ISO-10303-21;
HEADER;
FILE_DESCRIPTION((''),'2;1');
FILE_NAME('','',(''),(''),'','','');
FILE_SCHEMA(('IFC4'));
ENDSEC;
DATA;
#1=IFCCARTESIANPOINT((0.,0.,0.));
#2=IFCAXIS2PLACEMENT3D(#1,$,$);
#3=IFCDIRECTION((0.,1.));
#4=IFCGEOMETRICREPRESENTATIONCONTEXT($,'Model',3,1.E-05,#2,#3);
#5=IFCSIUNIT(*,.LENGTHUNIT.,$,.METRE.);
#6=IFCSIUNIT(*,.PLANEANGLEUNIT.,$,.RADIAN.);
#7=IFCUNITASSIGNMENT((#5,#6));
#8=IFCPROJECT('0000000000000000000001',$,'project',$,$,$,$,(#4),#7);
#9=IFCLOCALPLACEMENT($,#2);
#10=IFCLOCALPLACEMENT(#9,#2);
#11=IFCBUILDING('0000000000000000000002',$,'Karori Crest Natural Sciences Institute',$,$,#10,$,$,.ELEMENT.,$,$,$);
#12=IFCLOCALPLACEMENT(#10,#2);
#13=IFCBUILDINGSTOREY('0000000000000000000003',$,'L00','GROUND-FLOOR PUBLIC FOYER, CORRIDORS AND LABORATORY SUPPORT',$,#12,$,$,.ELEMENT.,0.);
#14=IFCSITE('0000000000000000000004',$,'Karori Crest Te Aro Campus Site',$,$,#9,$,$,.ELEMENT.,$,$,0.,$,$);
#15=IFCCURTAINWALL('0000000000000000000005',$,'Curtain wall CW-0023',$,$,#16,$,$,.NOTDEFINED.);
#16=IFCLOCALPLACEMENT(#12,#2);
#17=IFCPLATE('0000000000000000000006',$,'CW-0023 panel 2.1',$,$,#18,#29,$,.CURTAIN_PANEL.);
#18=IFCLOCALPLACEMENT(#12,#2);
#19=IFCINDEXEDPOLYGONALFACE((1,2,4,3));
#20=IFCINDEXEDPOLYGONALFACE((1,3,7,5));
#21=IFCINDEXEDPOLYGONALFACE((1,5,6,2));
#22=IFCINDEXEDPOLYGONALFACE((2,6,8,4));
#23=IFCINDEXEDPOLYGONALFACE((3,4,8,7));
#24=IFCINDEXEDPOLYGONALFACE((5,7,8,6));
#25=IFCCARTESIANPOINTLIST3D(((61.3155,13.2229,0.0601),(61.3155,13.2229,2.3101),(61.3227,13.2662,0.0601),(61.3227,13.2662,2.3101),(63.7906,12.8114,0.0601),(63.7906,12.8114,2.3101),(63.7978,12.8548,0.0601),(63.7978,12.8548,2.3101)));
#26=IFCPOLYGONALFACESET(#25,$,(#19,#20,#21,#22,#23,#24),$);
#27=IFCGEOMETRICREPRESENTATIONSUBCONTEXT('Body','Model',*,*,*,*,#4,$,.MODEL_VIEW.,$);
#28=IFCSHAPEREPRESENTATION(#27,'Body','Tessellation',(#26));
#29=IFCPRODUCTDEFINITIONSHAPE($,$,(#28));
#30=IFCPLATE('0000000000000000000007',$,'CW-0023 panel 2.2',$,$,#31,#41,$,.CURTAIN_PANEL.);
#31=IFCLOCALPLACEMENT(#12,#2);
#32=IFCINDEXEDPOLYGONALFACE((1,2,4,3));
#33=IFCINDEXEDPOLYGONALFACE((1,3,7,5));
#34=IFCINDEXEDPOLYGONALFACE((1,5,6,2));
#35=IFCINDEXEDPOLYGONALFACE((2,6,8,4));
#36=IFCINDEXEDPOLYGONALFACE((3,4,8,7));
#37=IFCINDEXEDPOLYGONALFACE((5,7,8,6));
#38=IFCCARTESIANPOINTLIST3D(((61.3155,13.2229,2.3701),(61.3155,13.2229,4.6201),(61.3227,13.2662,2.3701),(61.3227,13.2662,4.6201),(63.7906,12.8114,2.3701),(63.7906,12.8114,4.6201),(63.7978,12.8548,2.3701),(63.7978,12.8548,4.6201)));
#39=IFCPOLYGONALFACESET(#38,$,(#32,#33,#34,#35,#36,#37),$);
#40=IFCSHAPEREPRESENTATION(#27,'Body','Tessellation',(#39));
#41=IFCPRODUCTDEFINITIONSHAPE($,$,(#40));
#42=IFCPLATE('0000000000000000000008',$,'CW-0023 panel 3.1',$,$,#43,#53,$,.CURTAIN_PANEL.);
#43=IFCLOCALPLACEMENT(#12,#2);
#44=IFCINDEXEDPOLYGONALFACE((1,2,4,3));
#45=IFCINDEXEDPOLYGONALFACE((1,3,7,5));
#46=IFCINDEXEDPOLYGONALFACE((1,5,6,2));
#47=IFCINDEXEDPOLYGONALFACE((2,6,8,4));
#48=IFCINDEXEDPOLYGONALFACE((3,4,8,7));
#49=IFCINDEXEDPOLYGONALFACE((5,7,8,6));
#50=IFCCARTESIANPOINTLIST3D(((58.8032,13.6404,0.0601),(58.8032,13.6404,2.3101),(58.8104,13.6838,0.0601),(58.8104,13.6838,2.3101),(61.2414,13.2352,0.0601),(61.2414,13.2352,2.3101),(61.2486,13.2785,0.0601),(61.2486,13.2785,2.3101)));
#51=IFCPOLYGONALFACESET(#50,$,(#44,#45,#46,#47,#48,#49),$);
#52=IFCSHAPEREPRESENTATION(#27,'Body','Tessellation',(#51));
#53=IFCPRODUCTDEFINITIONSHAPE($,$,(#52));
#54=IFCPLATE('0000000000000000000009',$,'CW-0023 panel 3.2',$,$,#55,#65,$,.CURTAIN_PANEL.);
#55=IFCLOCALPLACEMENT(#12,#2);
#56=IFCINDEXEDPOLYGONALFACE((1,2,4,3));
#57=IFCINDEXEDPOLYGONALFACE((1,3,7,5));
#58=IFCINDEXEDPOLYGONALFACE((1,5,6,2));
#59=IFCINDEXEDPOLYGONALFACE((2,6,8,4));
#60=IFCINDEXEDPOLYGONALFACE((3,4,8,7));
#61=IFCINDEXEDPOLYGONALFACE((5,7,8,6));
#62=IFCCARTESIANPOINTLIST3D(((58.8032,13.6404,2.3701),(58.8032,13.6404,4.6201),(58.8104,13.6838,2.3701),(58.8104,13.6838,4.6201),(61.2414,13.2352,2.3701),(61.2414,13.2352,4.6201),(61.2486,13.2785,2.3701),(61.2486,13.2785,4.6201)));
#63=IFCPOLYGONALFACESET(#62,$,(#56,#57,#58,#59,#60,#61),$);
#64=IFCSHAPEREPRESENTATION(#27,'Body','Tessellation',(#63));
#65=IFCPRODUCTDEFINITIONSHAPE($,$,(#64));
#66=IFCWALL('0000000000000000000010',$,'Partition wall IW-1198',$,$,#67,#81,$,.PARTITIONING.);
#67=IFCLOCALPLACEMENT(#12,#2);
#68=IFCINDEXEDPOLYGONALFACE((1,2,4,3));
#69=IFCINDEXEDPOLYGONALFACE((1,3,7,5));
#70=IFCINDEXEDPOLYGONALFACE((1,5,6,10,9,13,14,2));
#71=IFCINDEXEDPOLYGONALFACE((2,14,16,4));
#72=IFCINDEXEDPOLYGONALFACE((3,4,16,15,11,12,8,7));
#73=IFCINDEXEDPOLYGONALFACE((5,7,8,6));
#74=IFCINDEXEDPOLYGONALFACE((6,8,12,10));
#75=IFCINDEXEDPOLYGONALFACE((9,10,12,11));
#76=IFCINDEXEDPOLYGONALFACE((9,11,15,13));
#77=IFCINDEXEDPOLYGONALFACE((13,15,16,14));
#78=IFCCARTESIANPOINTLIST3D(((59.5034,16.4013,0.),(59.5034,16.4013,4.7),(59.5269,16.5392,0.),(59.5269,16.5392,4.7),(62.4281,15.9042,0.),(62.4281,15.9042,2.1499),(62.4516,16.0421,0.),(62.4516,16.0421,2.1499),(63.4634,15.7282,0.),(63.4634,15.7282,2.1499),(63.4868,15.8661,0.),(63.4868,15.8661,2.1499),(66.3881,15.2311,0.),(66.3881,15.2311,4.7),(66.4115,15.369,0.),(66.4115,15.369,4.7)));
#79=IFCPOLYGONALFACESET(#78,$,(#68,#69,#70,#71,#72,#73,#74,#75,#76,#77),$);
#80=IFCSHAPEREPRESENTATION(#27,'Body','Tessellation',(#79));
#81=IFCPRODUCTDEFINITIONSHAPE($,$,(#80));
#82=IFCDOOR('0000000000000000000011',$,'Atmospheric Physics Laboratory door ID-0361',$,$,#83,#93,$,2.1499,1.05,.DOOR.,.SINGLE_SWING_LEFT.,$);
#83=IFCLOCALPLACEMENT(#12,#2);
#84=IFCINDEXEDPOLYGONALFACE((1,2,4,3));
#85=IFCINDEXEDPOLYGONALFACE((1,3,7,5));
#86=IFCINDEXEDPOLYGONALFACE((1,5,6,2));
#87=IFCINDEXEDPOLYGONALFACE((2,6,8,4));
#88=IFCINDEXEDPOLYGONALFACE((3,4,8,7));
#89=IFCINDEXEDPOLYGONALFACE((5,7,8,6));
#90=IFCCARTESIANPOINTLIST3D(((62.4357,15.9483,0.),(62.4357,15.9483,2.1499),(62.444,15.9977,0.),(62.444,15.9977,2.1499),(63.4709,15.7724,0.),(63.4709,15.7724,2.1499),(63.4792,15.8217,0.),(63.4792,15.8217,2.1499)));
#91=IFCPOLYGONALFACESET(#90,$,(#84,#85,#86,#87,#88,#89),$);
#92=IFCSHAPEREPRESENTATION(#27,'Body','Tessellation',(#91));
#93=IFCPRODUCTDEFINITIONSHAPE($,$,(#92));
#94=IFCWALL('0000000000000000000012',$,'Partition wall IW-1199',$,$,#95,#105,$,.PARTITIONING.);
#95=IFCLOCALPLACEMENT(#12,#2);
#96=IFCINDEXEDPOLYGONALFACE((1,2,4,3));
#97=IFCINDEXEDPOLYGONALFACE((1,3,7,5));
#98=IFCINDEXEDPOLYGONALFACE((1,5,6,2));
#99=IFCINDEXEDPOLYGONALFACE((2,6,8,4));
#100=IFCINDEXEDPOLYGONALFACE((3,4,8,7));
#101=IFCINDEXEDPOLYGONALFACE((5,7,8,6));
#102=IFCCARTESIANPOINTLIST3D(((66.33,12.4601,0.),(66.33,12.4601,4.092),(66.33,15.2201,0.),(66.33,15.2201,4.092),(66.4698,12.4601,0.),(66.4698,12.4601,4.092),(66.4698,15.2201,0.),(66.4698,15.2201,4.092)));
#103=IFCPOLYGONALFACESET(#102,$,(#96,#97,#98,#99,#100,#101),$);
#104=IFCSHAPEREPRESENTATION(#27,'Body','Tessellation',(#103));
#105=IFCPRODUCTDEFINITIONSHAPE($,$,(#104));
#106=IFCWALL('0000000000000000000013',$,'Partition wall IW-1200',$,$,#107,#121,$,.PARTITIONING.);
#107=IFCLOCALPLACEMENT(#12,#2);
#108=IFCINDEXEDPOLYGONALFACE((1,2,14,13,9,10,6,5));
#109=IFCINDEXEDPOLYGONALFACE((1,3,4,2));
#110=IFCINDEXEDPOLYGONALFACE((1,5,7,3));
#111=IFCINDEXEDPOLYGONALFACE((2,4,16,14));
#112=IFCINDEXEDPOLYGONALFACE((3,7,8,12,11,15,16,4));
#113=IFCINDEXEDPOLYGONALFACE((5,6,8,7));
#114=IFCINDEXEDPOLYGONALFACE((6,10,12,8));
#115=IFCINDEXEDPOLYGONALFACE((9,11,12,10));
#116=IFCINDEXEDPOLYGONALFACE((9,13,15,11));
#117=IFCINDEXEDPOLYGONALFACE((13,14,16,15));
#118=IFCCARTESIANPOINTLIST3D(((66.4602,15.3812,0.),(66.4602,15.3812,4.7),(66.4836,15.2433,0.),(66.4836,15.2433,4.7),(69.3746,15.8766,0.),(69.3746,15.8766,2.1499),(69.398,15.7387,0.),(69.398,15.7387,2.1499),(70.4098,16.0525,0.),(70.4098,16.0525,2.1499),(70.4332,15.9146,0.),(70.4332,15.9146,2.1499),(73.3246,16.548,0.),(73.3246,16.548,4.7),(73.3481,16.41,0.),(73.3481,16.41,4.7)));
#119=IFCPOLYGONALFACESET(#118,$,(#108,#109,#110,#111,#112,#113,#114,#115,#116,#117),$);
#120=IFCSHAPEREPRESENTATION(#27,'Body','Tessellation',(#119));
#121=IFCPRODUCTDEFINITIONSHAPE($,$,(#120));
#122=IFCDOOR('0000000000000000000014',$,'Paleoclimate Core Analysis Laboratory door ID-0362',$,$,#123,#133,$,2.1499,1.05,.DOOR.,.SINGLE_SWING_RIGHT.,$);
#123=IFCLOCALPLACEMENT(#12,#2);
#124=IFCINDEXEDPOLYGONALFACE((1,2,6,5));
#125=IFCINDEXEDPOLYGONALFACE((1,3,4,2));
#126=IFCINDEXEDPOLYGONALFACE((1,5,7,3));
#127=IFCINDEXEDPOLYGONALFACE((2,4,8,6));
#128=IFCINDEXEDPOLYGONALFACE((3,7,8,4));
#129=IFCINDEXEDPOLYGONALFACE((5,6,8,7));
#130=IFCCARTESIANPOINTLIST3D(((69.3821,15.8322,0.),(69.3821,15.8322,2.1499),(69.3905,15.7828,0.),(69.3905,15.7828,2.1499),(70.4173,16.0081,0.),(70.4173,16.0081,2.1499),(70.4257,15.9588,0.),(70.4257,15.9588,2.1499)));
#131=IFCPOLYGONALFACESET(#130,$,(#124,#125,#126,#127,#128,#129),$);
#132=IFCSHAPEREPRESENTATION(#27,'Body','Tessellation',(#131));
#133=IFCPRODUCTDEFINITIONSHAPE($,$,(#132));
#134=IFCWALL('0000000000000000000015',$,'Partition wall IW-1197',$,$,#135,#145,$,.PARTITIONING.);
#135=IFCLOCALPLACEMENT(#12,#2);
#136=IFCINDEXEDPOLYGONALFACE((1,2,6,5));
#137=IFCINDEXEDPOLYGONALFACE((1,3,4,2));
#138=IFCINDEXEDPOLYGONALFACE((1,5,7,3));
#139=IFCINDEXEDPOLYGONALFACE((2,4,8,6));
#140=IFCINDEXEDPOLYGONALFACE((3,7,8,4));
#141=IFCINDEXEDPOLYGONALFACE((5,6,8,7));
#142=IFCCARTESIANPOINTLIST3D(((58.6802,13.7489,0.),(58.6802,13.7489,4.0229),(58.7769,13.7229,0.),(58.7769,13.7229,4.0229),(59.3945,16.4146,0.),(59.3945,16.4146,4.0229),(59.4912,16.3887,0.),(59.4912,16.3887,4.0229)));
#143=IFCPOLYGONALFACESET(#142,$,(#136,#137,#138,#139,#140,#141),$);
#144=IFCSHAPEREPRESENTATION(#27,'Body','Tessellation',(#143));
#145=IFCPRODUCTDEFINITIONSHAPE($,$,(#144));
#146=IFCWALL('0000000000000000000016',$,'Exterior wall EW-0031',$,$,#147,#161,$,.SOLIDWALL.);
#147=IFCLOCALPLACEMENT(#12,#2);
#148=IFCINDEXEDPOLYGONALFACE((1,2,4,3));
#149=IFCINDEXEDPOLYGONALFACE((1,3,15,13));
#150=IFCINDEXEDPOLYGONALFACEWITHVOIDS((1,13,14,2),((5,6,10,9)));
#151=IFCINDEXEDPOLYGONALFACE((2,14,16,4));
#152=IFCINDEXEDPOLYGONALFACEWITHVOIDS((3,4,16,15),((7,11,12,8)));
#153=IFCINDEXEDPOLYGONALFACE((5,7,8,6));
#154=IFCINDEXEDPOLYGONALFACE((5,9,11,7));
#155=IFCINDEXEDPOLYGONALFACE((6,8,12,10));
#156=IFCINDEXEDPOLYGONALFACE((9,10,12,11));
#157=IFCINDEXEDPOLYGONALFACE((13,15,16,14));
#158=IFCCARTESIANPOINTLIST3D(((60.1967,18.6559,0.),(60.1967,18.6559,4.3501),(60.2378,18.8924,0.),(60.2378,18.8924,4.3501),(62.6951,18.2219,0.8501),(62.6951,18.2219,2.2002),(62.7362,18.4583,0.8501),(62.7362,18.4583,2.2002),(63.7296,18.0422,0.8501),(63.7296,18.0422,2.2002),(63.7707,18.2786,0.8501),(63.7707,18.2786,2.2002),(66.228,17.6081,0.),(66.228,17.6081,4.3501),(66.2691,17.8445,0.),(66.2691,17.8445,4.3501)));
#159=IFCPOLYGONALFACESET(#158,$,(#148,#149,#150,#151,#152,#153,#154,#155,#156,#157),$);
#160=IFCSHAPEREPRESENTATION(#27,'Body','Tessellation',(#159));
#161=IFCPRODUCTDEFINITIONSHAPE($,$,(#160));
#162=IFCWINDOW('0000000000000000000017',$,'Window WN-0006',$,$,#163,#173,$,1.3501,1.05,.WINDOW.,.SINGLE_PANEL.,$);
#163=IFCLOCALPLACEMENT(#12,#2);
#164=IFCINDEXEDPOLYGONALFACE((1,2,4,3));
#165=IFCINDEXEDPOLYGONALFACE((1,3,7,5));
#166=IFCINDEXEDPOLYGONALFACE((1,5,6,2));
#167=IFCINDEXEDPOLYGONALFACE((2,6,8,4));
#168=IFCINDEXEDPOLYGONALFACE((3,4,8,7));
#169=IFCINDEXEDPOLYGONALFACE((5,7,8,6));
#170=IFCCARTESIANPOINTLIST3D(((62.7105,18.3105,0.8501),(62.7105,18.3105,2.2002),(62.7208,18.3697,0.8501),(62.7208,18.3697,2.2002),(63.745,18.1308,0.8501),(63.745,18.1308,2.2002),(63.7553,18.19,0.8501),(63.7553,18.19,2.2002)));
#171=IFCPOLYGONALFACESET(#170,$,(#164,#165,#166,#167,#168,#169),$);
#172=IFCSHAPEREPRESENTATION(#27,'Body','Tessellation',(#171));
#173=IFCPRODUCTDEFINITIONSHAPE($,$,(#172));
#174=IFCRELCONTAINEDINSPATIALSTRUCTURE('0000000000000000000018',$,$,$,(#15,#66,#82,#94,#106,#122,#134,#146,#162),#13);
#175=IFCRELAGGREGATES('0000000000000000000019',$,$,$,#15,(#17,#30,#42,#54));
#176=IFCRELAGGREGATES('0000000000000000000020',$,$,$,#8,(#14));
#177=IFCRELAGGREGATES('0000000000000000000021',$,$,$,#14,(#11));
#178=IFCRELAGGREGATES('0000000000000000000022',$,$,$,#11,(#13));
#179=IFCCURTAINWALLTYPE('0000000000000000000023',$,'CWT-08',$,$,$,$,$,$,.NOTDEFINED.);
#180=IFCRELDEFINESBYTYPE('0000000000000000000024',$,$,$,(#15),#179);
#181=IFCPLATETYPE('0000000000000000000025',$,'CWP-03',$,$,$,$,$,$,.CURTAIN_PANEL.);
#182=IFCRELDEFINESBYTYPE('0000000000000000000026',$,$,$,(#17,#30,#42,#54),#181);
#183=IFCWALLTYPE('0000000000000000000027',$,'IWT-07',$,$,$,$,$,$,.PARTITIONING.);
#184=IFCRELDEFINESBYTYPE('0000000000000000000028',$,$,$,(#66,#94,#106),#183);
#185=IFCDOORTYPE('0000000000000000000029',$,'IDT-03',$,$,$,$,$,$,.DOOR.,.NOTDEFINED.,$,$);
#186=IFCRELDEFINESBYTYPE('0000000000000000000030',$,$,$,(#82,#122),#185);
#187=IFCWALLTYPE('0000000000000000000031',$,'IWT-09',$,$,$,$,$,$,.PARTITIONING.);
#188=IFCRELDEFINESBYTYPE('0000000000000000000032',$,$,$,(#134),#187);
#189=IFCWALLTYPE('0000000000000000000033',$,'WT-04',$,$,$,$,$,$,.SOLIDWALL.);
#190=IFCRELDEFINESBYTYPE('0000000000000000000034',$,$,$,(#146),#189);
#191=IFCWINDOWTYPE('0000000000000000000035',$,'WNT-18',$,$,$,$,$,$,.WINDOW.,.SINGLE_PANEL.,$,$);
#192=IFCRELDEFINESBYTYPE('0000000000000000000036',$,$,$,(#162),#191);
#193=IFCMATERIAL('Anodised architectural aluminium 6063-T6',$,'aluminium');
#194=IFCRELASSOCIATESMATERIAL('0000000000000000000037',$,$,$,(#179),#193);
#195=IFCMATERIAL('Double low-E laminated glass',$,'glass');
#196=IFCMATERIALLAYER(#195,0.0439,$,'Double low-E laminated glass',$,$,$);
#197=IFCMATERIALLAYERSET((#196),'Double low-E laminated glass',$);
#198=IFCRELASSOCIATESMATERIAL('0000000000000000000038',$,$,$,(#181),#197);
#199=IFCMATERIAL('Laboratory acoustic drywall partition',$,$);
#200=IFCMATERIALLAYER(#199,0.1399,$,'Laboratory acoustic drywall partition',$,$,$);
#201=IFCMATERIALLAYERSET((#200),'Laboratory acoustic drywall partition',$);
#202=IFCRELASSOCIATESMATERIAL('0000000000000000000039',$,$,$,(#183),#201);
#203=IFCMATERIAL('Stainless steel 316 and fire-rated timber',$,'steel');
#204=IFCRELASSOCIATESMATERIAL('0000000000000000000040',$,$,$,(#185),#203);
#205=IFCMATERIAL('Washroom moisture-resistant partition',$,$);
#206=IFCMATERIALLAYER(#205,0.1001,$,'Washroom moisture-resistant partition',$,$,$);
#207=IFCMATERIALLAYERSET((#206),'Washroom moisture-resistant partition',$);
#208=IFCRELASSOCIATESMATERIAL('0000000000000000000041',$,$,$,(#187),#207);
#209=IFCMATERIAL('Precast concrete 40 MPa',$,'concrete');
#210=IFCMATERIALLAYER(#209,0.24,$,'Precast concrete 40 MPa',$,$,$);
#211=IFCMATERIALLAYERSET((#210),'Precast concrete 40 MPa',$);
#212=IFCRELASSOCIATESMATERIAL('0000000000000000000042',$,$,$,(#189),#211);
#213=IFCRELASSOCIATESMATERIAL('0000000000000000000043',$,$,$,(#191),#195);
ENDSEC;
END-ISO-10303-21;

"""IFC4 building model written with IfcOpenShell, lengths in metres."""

from ifc_helpers import new_model, si_unit, direction, frame, frame_2d, origin, origin_2d, place, context, subcontext, project, spatial, rectangle, extrude, material, layer, layer_set, type_object, element, fill, aggregate, save


model = new_model("IFC4")

# Units and contexts
model_context = context("Model", 3, precision=1e-05, world=origin(), true_north=direction((0.0, 1.0)))
body_context = subcontext(model_context, "Body", "Model", "MODEL_VIEW")
ifc_project = project(units=[si_unit("LENGTHUNIT", "METRE"), si_unit("PLANEANGLEUNIT", "RADIAN")], contexts=[model_context])

# Site, building, storey
site_placement = place(None, origin())
site = spatial("IfcSite", under=ifc_project, at=site_placement, Name="Karori Crest Te Aro Campus Site", CompositionType="ELEMENT", RefElevation=0.0)
building_placement = place(site_placement, origin())
building = spatial("IfcBuilding", under=site, at=building_placement, Name="Karori Crest Natural Sciences Institute", CompositionType="ELEMENT")
storey_placement = place(building_placement, origin())
storey = spatial("IfcBuildingStorey", under=building, at=storey_placement, Name="L00", Description="GROUND-FLOOR PUBLIC FOYER, CORRIDORS AND LABORATORY SUPPORT", CompositionType="ELEMENT", Elevation=0.0)

# Curtain wall, plates
ifc_material_1 = material(Name="Anodised architectural aluminium 6063-T6", Category="aluminium")
curtain_wall_type = type_object("IfcCurtainWallType", Name="CWT-08", PredefinedType="NOTDEFINED", material=ifc_material_1)
curtain_wall_placement = place(storey_placement, origin())
curtain_wall = element("IfcCurtainWall", 1, at=curtain_wall_placement, inside=storey, type_object=curtain_wall_type, Name="Curtain wall CW-0023", PredefinedType="NOTDEFINED")
ifc_material_2 = material(Name="Double low-E laminated glass", Category="glass")
ifc_layer_1 = layer(ifc_material_2, 0.0439, Name="Double low-E laminated glass")
ifc_layer_set_1 = layer_set([ifc_layer_1], Name="Double low-E laminated glass")
plate_type = type_object("IfcPlateType", Name="CWP-03", PredefinedType="CURTAIN_PANEL", material=ifc_layer_set_1)
plate_1_placement = place(storey_placement, frame((62.5566, 13.0388, 0.0601), z_axis=(0.0, 0.0, 1.0), x_axis=(-0.986465, 0.163974, 0.0)))
plate_1 = element("IfcPlate", 2, at=plate_1_placement, type_object=plate_type, Name="CW-0023 panel 2.1", PredefinedType="CURTAIN_PANEL", context=body_context, shape_type="SweptSolid", body=[
    extrude(rectangle(XDim=2.509, YDim=0.0439, at=origin_2d()), origin(), (0.0, 0.0, 1.0), 2.25),
])
plate_2_placement = place(storey_placement, frame((62.5566, 13.0388, 2.3701), z_axis=(0.0, 0.0, 1.0), x_axis=(-0.986465, 0.163974, 0.0)))
plate_2 = element("IfcPlate", 3, at=plate_2_placement, type_object=plate_type, Name="CW-0023 panel 2.2", PredefinedType="CURTAIN_PANEL", context=body_context, shape_type="SweptSolid", body=[
    extrude(rectangle(XDim=2.509, YDim=0.0439, at=origin_2d()), origin(), (0.0, 0.0, 1.0), 2.25),
])
plate_3_placement = place(storey_placement, frame((60.0259, 13.4595, 0.0601), z_axis=(0.0, 0.0, 1.0), x_axis=(-0.986465, 0.163974, 0.0)))
plate_3 = element("IfcPlate", 4, at=plate_3_placement, type_object=plate_type, Name="CW-0023 panel 3.1", PredefinedType="CURTAIN_PANEL", context=body_context, shape_type="SweptSolid", body=[
    extrude(rectangle(XDim=2.4717, YDim=0.0439, at=origin_2d()), origin(), (0.0, 0.0, 1.0), 2.25),
])
plate_4_placement = place(storey_placement, frame((60.0259, 13.4595, 2.3701), z_axis=(0.0, 0.0, 1.0), x_axis=(-0.986465, 0.163974, 0.0)))
plate_4 = element("IfcPlate", 5, at=plate_4_placement, type_object=plate_type, Name="CW-0023 panel 3.2", PredefinedType="CURTAIN_PANEL", context=body_context, shape_type="SweptSolid", body=[
    extrude(rectangle(XDim=2.4717, YDim=0.0439, at=origin_2d()), origin(), (0.0, 0.0, 1.0), 2.25),
])
aggregate(curtain_wall, [plate_1, plate_2, plate_3, plate_4])

# Wall, opening, door
ifc_material_3 = material(Name="Laboratory acoustic drywall partition")
ifc_layer_2 = layer(ifc_material_3, 0.1399, Name="Laboratory acoustic drywall partition")
ifc_layer_set_2 = layer_set([ifc_layer_2], Name="Laboratory acoustic drywall partition")
wall_type_1 = type_object("IfcWallType", Name="IWT-07", PredefinedType="PARTITIONING", material=ifc_layer_set_2)
wall_1_placement = place(storey_placement, frame((59.5151, 16.4702, 0.0), z_axis=(0.0, 0.0, 1.0), x_axis=(0.985862, -0.167562, 0.0)))
wall_1 = element("IfcWall", 6, at=wall_1_placement, inside=storey, type_object=wall_type_1, Name="Partition wall IW-1198", PredefinedType="PARTITIONING", context=body_context, shape_type="SweptSolid", body=[
    extrude(rectangle(XDim=6.9834, YDim=0.1399, at=frame_2d((3.4917, 0.0))), origin(), (0.0, 0.0, 1.0), 4.7),
])
opening_1_placement = place(wall_1_placement, frame((2.9668, 0.0, 0.0)))
opening_1 = element("IfcOpeningElement", 7, at=opening_1_placement, cuts=wall_1, PredefinedType="OPENING", context=body_context, shape_type="SweptSolid", body=[
    extrude(rectangle(XDim=1.05, YDim=2.1499, at=frame_2d((0.5249, 1.075))), frame((0.0, 0.0801, 0.0), z_axis=(0.0, -1.0, 0.0), x_axis=(1.0, 0.0, 0.0)), (0.0, 0.0, 1.0), 0.1599),
])
ifc_material_4 = material(Name="Stainless steel 316 and fire-rated timber", Category="steel")
door_type_1 = type_object("IfcDoorType", Name="IDT-03", OperationType="NOTDEFINED", PredefinedType="DOOR", material=ifc_material_4)
door_1_placement = place(opening_1_placement, origin())
door_1 = element("IfcDoor", 8, at=door_1_placement, inside=storey, type_object=door_type_1, Name="Atmospheric Physics Laboratory door ID-0361", OperationType="SINGLE_SWING_LEFT", OverallHeight=2.1499, OverallWidth=1.05, PredefinedType="DOOR", context=body_context, shape_type="SweptSolid", body=[
    extrude(rectangle(XDim=1.05, YDim=2.1499, at=frame_2d((0.5249, 1.075))), frame((0.0, 0.0249, 0.0), z_axis=(0.0, -1.0, 0.0), x_axis=(1.0, 0.0, 0.0)), (0.0, 0.0, 1.0), 0.05),
])
fill(opening_1, door_1)

# Wall
wall_2_placement = place(storey_placement, frame((66.3999, 15.22, 0.0), z_axis=(0.0, 0.0, 1.0), x_axis=(0.0, -1.0, 0.0)))
element("IfcWall", 9, at=wall_2_placement, inside=storey, type_object=wall_type_1, Name="Partition wall IW-1199", PredefinedType="PARTITIONING", context=body_context, shape_type="SweptSolid", body=[
    extrude(rectangle(XDim=2.76, YDim=0.1399, at=frame_2d((1.3799, 0.0))), origin(), (0.0, 0.0, 1.0), 4.092),
])

# Wall, opening, door
wall_3_placement = place(storey_placement, frame((66.4719, 15.3123, 0.0), z_axis=(0.0, 0.0, 1.0), x_axis=(0.985861, 0.167565, 0.0)))
wall_3 = element("IfcWall", 10, at=wall_3_placement, inside=storey, type_object=wall_type_1, Name="Partition wall IW-1200", PredefinedType="PARTITIONING", context=body_context, shape_type="SweptSolid", body=[
    extrude(rectangle(XDim=6.9629, YDim=0.1399, at=frame_2d((3.4814, 0.0))), origin(), (0.0, 0.0, 1.0), 4.7),
])
opening_2_placement = place(wall_3_placement, frame((2.9563, 0.0, 0.0)))
opening_2 = element("IfcOpeningElement", 11, at=opening_2_placement, cuts=wall_3, PredefinedType="OPENING", context=body_context, shape_type="SweptSolid", body=[
    extrude(rectangle(XDim=1.05, YDim=2.1499, at=frame_2d((0.5249, 1.075))), frame((0.0, 0.0801, 0.0), z_axis=(0.0, -1.0, 0.0), x_axis=(1.0, 0.0, 0.0)), (0.0, 0.0, 1.0), 0.1599),
])
door_2_placement = place(opening_2_placement, origin())
door_2 = element("IfcDoor", 12, at=door_2_placement, inside=storey, type_object=door_type_1, Name="Paleoclimate Core Analysis Laboratory door ID-0362", OperationType="SINGLE_SWING_RIGHT", OverallHeight=2.1499, OverallWidth=1.05, PredefinedType="DOOR", context=body_context, shape_type="SweptSolid", body=[
    extrude(rectangle(XDim=1.05, YDim=2.1499, at=frame_2d((0.5249, 1.075))), frame((0.0, 0.0249, 0.0), z_axis=(0.0, -1.0, 0.0), x_axis=(1.0, 0.0, 0.0)), (0.0, 0.0, 1.0), 0.05),
])
fill(opening_2, door_2)

# Wall
ifc_material_5 = material(Name="Washroom moisture-resistant partition")
ifc_layer_3 = layer(ifc_material_5, 0.1001, Name="Washroom moisture-resistant partition")
ifc_layer_set_3 = layer_set([ifc_layer_3], Name="Washroom moisture-resistant partition")
wall_type_2 = type_object("IfcWallType", Name="IWT-09", PredefinedType="PARTITIONING", material=ifc_layer_set_3)
wall_4_placement = place(storey_placement, frame((59.4429, 16.4016, 0.0), z_axis=(0.0, 0.0, 1.0), x_axis=(-0.258841, -0.96592, 0.0)))
element("IfcWall", 13, at=wall_4_placement, inside=storey, type_object=wall_type_2, Name="Partition wall IW-1197", PredefinedType="PARTITIONING", context=body_context, shape_type="SweptSolid", body=[
    extrude(rectangle(XDim=2.7598, YDim=0.1001, at=frame_2d((1.3799, 0.0))), origin(), (0.0, 0.0, 1.0), 4.0229),
])

# Wall, opening, window
ifc_material_6 = material(Name="Precast concrete 40 MPa", Category="concrete")
ifc_layer_4 = layer(ifc_material_6, 0.24, Name="Precast concrete 40 MPa")
ifc_layer_set_4 = layer_set([ifc_layer_4], Name="Precast concrete 40 MPa")
wall_type_3 = type_object("IfcWallType", Name="WT-04", PredefinedType="SOLIDWALL", material=ifc_layer_set_4)
wall_5_placement = place(storey_placement, frame((60.2173, 18.7742, 0.0), z_axis=(0.0, 0.0, 1.0), x_axis=(0.985241, -0.171173, 0.0)))
wall_5 = element("IfcWall", 14, at=wall_5_placement, inside=storey, type_object=wall_type_3, Name="Exterior wall EW-0031", PredefinedType="SOLIDWALL", context=body_context, shape_type="SweptSolid", body=[
    extrude(rectangle(XDim=6.1216, YDim=0.24, at=frame_2d((3.0608, 0.0))), origin(), (0.0, 0.0, 1.0), 4.3501),
])
opening_3_placement = place(wall_5_placement, frame((2.5359, 0.0, 0.8501)))
opening_3 = element("IfcOpeningElement", 15, at=opening_3_placement, cuts=wall_5, PredefinedType="OPENING", context=body_context, shape_type="SweptSolid", body=[
    extrude(rectangle(XDim=1.05, YDim=1.3501, at=frame_2d((0.5249, 0.675))), frame((0.0, 0.1299, 0.0), z_axis=(0.0, -1.0, 0.0), x_axis=(1.0, 0.0, 0.0)), (0.0, 0.0, 1.0), 0.26),
])
window_type = type_object("IfcWindowType", Name="WNT-18", PartitioningType="SINGLE_PANEL", PredefinedType="WINDOW", material=ifc_material_2)
window_placement = place(opening_3_placement, origin())
window = element("IfcWindow", 16, at=window_placement, inside=storey, type_object=window_type, Name="Window WN-0006", OverallHeight=1.3501, OverallWidth=1.05, PartitioningType="SINGLE_PANEL", PredefinedType="WINDOW", context=body_context, shape_type="SweptSolid", body=[
    extrude(rectangle(XDim=1.05, YDim=1.3501, at=frame_2d((0.5249, 0.675))), frame((0.0, 0.03, 0.0), z_axis=(0.0, -1.0, 0.0), x_axis=(1.0, 0.0, 0.0)), (0.0, 0.0, 1.0), 0.0601),
])
fill(opening_3, window)

save(model, "model.ifc")
